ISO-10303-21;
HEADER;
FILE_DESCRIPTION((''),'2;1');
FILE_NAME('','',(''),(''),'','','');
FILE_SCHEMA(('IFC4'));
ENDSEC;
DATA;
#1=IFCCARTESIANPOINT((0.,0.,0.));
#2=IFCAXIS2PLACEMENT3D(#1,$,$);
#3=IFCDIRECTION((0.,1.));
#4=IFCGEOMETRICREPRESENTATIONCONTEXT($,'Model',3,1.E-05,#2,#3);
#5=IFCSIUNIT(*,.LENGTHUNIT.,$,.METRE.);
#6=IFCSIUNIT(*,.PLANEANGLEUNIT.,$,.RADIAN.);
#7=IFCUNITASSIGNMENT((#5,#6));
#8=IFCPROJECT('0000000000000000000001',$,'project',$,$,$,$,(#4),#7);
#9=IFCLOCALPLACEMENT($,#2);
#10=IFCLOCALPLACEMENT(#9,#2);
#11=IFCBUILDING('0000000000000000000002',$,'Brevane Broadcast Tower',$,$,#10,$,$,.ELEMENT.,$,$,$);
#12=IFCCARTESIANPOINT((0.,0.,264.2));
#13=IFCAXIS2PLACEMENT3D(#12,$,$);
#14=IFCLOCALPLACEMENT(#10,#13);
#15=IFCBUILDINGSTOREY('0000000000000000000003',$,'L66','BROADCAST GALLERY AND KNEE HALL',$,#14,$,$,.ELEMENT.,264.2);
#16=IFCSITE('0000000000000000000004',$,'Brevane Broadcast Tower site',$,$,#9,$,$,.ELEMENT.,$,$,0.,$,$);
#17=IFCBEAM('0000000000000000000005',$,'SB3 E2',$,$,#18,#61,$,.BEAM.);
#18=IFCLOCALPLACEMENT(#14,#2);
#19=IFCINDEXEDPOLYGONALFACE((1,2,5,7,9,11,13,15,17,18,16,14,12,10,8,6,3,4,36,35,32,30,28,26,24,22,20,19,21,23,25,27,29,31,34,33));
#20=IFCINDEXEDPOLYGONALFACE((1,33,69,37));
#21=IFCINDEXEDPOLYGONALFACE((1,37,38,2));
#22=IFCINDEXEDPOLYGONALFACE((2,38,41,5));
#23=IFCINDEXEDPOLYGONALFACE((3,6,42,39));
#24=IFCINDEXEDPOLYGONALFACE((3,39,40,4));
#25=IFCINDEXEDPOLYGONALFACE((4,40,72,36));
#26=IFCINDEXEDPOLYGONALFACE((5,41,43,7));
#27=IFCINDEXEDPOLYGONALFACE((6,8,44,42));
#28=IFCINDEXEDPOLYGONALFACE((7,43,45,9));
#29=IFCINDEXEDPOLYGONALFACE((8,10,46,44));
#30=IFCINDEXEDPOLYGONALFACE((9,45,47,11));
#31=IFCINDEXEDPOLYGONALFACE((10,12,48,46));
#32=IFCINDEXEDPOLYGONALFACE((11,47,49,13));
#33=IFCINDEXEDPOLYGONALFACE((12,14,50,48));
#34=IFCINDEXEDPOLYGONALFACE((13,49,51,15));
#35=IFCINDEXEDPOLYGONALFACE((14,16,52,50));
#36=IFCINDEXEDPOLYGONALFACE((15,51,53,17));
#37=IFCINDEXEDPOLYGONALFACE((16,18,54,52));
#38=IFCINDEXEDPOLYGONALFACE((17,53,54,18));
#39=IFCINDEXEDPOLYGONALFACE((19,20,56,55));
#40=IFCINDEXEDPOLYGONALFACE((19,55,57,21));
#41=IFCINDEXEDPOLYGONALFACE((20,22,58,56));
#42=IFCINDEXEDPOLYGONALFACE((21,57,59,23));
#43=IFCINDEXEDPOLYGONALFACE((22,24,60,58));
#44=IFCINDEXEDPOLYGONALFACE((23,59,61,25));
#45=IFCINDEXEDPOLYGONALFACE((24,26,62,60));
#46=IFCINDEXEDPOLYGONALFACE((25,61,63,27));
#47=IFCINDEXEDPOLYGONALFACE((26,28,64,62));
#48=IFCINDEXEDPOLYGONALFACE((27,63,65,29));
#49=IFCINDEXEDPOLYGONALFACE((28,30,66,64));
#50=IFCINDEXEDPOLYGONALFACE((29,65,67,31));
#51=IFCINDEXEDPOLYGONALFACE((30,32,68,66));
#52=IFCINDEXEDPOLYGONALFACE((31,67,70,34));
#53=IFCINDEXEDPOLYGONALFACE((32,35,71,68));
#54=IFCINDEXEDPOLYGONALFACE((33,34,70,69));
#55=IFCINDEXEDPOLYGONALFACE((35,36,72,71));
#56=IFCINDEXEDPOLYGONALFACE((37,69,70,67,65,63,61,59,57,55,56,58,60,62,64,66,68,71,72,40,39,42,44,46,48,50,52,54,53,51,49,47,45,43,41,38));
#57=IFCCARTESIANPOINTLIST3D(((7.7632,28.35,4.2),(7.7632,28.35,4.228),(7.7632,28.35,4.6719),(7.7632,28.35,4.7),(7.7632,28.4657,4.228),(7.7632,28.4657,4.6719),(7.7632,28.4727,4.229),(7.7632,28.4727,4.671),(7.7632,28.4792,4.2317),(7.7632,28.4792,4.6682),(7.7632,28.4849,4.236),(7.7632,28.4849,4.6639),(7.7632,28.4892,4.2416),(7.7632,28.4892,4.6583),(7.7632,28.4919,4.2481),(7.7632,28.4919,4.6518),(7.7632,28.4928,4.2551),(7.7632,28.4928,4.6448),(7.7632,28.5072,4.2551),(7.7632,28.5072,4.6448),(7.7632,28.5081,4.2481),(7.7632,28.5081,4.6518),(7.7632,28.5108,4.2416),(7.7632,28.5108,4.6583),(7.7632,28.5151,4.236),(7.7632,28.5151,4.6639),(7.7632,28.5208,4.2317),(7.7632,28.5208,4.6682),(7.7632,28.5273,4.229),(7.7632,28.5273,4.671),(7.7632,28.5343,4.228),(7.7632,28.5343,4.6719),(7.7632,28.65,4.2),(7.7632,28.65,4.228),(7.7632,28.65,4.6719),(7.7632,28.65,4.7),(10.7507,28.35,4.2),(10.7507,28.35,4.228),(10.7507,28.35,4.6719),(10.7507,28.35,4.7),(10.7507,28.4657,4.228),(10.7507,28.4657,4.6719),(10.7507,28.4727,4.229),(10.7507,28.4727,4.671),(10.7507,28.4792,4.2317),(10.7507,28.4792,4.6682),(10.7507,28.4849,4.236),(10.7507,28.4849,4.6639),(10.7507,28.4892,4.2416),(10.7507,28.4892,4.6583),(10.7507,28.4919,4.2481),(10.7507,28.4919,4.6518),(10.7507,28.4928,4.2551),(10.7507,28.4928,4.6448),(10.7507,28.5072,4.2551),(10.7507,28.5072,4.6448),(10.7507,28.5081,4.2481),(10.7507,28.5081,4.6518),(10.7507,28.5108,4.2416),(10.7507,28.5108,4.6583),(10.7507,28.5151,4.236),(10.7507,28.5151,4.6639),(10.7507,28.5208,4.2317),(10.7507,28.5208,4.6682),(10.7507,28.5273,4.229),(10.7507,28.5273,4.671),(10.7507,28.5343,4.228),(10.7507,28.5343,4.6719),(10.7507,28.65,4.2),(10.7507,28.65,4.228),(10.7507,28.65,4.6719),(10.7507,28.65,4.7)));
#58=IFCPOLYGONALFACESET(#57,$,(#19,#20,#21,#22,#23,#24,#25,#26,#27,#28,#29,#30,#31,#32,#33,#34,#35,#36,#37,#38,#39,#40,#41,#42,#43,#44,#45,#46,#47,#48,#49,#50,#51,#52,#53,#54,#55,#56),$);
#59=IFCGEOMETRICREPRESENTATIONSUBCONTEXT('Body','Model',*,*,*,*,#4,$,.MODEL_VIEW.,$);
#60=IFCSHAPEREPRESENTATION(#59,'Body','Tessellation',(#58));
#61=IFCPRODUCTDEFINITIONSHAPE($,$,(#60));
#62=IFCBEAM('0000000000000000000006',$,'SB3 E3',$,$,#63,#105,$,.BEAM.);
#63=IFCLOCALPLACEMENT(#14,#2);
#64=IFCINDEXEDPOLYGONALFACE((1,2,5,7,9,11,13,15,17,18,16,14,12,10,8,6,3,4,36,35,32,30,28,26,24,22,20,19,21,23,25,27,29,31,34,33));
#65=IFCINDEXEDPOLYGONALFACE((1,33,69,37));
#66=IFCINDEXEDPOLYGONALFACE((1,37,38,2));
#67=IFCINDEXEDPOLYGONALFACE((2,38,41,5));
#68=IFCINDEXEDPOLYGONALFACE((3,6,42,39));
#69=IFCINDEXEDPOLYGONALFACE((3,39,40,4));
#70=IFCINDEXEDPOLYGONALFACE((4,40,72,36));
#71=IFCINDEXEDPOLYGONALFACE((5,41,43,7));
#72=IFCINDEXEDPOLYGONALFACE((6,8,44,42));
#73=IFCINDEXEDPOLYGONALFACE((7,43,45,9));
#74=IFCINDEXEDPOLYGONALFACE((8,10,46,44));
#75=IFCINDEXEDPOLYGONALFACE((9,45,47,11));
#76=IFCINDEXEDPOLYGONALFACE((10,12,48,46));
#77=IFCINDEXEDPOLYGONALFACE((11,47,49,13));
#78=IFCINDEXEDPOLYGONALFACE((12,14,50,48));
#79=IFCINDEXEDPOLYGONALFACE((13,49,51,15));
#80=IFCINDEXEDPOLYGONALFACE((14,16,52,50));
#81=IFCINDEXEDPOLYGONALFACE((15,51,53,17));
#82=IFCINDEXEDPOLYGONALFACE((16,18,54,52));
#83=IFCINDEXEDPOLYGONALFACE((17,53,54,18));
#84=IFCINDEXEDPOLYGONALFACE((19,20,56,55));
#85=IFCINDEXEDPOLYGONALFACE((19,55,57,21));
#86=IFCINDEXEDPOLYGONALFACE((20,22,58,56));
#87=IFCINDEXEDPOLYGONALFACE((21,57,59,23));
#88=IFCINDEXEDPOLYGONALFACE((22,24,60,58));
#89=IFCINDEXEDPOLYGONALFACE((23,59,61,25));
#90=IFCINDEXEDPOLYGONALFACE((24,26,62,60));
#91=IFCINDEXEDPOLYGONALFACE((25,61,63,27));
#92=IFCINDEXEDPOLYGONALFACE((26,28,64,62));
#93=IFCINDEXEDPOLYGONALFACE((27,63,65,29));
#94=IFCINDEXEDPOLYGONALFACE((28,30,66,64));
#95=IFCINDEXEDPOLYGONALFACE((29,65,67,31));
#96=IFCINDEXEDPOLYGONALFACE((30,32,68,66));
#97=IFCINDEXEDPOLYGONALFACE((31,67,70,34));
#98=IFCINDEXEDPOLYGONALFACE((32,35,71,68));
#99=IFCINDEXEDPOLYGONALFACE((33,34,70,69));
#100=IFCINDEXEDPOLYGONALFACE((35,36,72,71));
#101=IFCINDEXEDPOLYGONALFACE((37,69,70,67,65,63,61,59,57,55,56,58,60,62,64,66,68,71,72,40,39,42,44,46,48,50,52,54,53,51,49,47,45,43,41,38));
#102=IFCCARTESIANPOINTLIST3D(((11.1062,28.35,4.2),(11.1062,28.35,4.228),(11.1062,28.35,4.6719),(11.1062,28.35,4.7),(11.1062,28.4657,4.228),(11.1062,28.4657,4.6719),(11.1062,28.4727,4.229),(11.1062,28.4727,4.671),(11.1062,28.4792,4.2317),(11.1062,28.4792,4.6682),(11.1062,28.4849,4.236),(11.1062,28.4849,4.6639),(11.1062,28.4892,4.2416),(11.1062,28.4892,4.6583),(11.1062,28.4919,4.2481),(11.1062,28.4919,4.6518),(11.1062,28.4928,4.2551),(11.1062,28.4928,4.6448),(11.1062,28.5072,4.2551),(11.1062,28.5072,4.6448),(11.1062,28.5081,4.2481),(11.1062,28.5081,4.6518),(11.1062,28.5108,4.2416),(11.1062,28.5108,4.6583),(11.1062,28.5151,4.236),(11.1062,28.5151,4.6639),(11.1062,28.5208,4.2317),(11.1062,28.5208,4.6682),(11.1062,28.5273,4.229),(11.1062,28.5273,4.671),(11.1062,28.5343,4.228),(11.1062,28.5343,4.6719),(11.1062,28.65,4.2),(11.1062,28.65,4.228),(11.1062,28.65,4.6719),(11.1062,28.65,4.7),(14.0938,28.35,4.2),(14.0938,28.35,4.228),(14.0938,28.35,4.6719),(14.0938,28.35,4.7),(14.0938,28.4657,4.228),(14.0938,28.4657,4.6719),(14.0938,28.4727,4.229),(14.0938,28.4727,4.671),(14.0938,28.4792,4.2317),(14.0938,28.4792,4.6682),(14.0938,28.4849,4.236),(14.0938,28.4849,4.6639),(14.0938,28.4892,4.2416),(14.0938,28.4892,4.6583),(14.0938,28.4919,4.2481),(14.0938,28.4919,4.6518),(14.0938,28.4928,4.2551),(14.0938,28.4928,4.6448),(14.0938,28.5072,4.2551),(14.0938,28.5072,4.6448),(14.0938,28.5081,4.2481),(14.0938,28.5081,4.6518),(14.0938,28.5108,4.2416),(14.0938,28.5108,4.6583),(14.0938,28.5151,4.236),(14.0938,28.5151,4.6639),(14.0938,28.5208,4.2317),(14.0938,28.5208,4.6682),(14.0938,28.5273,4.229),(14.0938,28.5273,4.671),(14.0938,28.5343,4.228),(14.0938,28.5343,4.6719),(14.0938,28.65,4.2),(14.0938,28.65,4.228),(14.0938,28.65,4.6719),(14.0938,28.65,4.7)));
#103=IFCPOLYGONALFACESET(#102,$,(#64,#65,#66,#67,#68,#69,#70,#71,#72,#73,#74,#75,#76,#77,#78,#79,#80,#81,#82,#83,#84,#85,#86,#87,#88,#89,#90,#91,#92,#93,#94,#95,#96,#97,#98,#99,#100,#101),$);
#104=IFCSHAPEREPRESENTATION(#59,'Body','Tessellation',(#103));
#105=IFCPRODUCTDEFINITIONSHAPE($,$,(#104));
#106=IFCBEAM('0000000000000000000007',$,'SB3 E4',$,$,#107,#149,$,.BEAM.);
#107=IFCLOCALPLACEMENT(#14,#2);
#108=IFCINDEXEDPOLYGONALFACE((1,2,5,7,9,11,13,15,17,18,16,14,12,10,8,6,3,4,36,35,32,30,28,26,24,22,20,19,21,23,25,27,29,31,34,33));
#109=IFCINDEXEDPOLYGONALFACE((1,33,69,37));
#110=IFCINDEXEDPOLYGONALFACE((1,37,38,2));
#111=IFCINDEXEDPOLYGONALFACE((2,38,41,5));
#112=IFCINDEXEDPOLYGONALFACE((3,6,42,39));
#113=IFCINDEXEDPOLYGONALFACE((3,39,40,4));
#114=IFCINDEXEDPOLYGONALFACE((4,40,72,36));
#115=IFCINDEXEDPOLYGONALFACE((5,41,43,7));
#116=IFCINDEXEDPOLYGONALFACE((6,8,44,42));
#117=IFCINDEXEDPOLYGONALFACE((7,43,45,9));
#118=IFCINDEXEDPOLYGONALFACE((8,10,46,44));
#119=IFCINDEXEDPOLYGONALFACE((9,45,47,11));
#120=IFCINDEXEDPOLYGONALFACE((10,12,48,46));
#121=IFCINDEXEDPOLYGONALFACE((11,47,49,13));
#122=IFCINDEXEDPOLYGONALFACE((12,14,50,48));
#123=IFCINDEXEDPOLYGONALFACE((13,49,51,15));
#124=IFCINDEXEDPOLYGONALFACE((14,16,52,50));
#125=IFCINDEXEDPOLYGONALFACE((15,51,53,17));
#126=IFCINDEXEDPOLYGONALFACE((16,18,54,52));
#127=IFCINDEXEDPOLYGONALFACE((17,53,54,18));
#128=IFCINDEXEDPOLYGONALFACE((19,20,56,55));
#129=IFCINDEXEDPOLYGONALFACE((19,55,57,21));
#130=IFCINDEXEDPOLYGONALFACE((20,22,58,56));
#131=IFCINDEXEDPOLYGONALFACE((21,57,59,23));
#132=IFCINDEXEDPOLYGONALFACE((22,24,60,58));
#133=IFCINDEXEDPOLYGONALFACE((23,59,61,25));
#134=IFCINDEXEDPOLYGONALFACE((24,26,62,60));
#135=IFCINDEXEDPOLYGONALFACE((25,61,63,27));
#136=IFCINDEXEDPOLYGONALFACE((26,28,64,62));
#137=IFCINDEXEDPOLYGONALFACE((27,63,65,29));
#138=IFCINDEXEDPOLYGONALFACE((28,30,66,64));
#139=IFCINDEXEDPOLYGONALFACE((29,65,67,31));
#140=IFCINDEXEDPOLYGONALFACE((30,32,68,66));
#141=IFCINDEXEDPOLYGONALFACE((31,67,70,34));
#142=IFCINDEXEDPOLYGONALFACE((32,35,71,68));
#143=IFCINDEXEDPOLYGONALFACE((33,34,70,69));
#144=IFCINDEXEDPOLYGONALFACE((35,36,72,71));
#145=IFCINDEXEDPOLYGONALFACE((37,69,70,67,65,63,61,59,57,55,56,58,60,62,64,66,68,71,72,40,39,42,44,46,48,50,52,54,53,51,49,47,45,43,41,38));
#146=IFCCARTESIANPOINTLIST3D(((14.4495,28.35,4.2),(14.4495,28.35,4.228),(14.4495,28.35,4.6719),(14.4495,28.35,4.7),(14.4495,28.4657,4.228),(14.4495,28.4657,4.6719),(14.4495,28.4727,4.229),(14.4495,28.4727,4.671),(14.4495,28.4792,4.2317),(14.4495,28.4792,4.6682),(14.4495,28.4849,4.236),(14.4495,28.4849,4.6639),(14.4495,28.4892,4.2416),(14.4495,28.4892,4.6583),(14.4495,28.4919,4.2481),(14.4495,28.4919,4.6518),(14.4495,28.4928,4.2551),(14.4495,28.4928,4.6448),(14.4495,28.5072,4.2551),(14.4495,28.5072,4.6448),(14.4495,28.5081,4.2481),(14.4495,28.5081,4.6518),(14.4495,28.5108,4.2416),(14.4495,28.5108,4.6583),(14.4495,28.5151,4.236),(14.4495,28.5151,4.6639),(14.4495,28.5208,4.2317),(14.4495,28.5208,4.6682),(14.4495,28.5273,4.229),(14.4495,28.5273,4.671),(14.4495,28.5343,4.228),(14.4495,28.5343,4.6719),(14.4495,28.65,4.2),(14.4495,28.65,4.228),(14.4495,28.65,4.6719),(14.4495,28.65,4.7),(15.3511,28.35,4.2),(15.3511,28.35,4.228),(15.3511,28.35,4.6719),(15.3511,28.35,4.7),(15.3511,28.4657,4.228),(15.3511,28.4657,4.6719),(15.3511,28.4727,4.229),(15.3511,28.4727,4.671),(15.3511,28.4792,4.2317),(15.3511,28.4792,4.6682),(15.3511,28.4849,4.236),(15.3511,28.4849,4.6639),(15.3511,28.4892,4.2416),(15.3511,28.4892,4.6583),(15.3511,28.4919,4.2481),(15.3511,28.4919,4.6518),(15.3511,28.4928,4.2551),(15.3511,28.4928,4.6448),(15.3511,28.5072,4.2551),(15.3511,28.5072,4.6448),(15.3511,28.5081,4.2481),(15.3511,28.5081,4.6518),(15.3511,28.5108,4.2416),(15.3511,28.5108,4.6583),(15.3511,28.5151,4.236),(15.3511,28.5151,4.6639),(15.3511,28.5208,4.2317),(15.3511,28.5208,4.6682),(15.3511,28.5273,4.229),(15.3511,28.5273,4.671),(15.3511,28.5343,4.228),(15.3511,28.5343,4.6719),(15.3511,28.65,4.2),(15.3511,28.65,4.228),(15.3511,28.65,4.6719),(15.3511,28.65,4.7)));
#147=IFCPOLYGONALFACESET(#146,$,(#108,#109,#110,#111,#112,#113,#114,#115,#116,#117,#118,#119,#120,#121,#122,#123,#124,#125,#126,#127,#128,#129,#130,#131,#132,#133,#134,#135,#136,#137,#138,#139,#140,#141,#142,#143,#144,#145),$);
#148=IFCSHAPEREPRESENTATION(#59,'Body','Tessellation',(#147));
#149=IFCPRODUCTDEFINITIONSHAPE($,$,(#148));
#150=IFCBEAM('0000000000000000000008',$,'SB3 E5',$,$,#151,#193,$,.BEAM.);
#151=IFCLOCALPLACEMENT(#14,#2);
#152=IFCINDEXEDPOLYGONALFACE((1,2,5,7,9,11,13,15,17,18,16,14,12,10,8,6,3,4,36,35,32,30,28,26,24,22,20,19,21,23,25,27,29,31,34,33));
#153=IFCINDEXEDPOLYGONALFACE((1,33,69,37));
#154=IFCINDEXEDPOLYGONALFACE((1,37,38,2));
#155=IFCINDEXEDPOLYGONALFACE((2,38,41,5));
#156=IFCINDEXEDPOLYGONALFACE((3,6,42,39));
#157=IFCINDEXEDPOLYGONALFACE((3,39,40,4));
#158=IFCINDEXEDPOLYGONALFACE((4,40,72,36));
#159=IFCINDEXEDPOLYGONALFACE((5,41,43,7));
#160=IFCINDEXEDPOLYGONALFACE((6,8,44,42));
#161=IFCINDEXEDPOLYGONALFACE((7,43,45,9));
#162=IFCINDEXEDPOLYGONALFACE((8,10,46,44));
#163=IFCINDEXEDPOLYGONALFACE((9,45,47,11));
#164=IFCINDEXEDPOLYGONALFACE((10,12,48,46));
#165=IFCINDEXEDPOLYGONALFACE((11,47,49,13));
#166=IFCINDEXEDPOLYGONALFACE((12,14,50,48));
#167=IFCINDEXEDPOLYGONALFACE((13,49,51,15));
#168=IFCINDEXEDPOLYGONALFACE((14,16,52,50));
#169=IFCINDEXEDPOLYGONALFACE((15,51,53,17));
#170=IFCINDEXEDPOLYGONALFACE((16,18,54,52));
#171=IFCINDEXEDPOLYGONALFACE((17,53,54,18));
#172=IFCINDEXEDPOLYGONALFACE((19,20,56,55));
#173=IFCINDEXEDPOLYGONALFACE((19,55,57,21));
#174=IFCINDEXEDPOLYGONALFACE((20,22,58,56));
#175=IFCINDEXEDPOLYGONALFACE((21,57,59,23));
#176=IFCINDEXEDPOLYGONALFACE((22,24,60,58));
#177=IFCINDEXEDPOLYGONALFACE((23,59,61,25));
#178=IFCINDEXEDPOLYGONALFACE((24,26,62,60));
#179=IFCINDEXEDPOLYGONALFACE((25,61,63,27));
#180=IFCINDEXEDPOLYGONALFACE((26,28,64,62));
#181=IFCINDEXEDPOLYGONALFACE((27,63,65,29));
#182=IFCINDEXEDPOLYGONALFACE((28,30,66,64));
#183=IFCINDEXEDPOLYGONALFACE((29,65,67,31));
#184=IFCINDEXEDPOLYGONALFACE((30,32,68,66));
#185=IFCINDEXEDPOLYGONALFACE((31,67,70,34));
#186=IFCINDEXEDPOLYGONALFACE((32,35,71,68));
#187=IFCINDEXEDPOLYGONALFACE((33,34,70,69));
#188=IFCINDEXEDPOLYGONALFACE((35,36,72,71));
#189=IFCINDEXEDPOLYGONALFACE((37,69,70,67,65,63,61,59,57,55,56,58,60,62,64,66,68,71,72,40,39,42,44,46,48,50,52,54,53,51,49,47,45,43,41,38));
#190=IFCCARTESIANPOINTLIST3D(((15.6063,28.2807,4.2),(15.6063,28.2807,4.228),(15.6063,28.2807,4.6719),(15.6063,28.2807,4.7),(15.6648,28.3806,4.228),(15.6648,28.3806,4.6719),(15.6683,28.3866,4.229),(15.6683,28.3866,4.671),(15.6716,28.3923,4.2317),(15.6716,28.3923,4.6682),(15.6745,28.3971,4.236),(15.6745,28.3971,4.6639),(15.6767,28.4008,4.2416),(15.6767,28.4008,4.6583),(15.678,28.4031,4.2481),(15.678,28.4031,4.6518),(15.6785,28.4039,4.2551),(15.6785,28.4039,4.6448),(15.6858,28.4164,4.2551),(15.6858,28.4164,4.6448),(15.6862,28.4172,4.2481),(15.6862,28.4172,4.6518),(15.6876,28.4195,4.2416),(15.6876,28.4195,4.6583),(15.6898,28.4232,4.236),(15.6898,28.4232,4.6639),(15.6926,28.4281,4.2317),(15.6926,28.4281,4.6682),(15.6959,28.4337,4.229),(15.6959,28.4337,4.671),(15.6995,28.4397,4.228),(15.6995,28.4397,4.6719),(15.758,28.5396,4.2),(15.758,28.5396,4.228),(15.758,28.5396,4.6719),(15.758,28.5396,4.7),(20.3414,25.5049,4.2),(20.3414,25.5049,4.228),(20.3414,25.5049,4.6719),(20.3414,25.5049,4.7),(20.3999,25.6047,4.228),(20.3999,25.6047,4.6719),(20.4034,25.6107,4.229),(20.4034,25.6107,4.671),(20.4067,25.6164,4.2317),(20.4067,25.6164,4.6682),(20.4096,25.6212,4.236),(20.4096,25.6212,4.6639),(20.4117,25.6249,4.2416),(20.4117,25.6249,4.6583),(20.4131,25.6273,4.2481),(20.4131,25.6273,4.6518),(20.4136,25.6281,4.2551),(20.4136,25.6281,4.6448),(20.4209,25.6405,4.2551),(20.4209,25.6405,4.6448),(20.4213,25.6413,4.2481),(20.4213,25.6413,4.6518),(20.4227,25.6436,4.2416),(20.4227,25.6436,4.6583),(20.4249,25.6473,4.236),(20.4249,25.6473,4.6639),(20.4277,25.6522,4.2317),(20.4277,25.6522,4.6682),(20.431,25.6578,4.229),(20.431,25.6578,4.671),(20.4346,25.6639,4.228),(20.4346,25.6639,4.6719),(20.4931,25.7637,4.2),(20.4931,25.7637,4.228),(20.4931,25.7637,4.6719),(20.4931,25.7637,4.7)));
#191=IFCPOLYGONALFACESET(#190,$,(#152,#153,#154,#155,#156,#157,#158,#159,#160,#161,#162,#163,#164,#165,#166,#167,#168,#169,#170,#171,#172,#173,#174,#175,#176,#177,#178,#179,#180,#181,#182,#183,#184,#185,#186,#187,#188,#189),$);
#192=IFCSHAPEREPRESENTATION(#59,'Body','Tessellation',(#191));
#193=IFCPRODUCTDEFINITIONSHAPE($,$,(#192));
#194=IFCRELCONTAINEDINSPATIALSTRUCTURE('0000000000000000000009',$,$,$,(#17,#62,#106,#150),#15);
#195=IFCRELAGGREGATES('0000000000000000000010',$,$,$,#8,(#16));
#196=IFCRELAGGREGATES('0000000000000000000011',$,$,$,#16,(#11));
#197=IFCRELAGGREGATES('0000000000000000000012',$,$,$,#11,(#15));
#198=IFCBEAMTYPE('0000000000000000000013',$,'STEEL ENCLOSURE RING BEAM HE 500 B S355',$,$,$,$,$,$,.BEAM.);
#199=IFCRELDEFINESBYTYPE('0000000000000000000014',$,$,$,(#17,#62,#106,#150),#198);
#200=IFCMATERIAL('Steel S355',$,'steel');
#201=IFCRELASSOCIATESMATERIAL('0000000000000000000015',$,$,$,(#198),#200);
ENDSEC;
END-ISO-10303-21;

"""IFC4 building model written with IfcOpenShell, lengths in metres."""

from ifc_helpers import new_model, si_unit, direction, frame, origin, origin_2d, place, context, subcontext, project, spatial, i_section, extrude, material, material_profile, profile_set, type_object, element, save


model = new_model("IFC4")

# Units and contexts
model_context = context("Model", 3, precision=1e-05, world=origin(), true_north=direction((0.0, 1.0)))
body_context = subcontext(model_context, "Body", "Model", "MODEL_VIEW")
ifc_project = project(units=[si_unit("LENGTHUNIT", "METRE"), si_unit("PLANEANGLEUNIT", "RADIAN")], contexts=[model_context])

# Site, building, storey
site_placement = place(None, origin())
site = spatial("IfcSite", under=ifc_project, at=site_placement, Name="Brevane Broadcast Tower site", CompositionType="ELEMENT", RefElevation=0.0)
building_placement = place(site_placement, origin())
building = spatial("IfcBuilding", under=site, at=building_placement, Name="Brevane Broadcast Tower", CompositionType="ELEMENT")
storey_placement = place(building_placement, frame((0.0, 0.0, 264.2)))
storey = spatial("IfcBuildingStorey", under=building, at=storey_placement, Name="L66", Description="BROADCAST GALLERY AND KNEE HALL", CompositionType="ELEMENT", Elevation=264.2)

# Shared definitions
ifc_material_1 = material(Name="Steel S355", Category="steel")

# Beams
ifc_material_profile_1 = material_profile(ifc_material_1, i_section(OverallWidth=0.3, OverallDepth=0.5, WebThickness=0.0144, FlangeThickness=0.0281, FilletRadius=0.0271, at=origin_2d()), Name="HE 500 B")
ifc_profile_set_1 = profile_set([ifc_material_profile_1], Name="Steel S355")
beam_type_1 = type_object("IfcBeamType", Name="STEEL ENCLOSURE RING BEAM HE 500 B S355", PredefinedType="BEAM", material=ifc_profile_set_1)
for number, where, z_axis, x_axis, name in (
    (1, (7.7632, 28.5, 4.45), (1.0, 0.0, 0.0), (0.0, 1.0, 0.0), "SB3 E2"),
    (2, (11.1062, 28.5, 4.45), (1.0, 0.0, 0.0), (0.0, 1.0, 0.0), "SB3 E3"),
):
    element("IfcBeam", number, at=place(storey_placement, frame(where, z_axis=z_axis, x_axis=x_axis)), inside=storey, type_object=beam_type_1, Name=name, PredefinedType="BEAM", context=body_context, shape_type="SweptSolid", body=[
        extrude(i_section(OverallWidth=0.3, OverallDepth=0.5, WebThickness=0.0144, FlangeThickness=0.0281, FilletRadius=0.0271, at=origin_2d()), origin(), (0.0, 0.0, 1.0), 2.9875),
    ])
beam_1_placement = place(storey_placement, frame((14.4495, 28.5, 4.45), z_axis=(1.0, 0.0, 0.0), x_axis=(0.0, 1.0, 0.0)))
element("IfcBeam", 3, at=beam_1_placement, inside=storey, type_object=beam_type_1, Name="SB3 E4", PredefinedType="BEAM", context=body_context, shape_type="SweptSolid", body=[
    extrude(i_section(OverallWidth=0.3, OverallDepth=0.5, WebThickness=0.0144, FlangeThickness=0.0281, FilletRadius=0.0271, at=origin_2d()), origin(), (0.0, 0.0, 1.0), 0.9016),
])
beam_2_placement = place(storey_placement, frame((15.6821, 28.4102, 4.45), z_axis=(0.862688, -0.505737, 0.0), x_axis=(0.505737, 0.862688, 0.0)))
element("IfcBeam", 4, at=beam_2_placement, inside=storey, type_object=beam_type_1, Name="SB3 E5", PredefinedType="BEAM", context=body_context, shape_type="SweptSolid", body=[
    extrude(i_section(OverallWidth=0.3, OverallDepth=0.5, WebThickness=0.0144, FlangeThickness=0.0281, FilletRadius=0.0271, at=origin_2d()), origin(), (0.0, 0.0, 1.0), 5.4888),
])

save(model, "model.ifc")
